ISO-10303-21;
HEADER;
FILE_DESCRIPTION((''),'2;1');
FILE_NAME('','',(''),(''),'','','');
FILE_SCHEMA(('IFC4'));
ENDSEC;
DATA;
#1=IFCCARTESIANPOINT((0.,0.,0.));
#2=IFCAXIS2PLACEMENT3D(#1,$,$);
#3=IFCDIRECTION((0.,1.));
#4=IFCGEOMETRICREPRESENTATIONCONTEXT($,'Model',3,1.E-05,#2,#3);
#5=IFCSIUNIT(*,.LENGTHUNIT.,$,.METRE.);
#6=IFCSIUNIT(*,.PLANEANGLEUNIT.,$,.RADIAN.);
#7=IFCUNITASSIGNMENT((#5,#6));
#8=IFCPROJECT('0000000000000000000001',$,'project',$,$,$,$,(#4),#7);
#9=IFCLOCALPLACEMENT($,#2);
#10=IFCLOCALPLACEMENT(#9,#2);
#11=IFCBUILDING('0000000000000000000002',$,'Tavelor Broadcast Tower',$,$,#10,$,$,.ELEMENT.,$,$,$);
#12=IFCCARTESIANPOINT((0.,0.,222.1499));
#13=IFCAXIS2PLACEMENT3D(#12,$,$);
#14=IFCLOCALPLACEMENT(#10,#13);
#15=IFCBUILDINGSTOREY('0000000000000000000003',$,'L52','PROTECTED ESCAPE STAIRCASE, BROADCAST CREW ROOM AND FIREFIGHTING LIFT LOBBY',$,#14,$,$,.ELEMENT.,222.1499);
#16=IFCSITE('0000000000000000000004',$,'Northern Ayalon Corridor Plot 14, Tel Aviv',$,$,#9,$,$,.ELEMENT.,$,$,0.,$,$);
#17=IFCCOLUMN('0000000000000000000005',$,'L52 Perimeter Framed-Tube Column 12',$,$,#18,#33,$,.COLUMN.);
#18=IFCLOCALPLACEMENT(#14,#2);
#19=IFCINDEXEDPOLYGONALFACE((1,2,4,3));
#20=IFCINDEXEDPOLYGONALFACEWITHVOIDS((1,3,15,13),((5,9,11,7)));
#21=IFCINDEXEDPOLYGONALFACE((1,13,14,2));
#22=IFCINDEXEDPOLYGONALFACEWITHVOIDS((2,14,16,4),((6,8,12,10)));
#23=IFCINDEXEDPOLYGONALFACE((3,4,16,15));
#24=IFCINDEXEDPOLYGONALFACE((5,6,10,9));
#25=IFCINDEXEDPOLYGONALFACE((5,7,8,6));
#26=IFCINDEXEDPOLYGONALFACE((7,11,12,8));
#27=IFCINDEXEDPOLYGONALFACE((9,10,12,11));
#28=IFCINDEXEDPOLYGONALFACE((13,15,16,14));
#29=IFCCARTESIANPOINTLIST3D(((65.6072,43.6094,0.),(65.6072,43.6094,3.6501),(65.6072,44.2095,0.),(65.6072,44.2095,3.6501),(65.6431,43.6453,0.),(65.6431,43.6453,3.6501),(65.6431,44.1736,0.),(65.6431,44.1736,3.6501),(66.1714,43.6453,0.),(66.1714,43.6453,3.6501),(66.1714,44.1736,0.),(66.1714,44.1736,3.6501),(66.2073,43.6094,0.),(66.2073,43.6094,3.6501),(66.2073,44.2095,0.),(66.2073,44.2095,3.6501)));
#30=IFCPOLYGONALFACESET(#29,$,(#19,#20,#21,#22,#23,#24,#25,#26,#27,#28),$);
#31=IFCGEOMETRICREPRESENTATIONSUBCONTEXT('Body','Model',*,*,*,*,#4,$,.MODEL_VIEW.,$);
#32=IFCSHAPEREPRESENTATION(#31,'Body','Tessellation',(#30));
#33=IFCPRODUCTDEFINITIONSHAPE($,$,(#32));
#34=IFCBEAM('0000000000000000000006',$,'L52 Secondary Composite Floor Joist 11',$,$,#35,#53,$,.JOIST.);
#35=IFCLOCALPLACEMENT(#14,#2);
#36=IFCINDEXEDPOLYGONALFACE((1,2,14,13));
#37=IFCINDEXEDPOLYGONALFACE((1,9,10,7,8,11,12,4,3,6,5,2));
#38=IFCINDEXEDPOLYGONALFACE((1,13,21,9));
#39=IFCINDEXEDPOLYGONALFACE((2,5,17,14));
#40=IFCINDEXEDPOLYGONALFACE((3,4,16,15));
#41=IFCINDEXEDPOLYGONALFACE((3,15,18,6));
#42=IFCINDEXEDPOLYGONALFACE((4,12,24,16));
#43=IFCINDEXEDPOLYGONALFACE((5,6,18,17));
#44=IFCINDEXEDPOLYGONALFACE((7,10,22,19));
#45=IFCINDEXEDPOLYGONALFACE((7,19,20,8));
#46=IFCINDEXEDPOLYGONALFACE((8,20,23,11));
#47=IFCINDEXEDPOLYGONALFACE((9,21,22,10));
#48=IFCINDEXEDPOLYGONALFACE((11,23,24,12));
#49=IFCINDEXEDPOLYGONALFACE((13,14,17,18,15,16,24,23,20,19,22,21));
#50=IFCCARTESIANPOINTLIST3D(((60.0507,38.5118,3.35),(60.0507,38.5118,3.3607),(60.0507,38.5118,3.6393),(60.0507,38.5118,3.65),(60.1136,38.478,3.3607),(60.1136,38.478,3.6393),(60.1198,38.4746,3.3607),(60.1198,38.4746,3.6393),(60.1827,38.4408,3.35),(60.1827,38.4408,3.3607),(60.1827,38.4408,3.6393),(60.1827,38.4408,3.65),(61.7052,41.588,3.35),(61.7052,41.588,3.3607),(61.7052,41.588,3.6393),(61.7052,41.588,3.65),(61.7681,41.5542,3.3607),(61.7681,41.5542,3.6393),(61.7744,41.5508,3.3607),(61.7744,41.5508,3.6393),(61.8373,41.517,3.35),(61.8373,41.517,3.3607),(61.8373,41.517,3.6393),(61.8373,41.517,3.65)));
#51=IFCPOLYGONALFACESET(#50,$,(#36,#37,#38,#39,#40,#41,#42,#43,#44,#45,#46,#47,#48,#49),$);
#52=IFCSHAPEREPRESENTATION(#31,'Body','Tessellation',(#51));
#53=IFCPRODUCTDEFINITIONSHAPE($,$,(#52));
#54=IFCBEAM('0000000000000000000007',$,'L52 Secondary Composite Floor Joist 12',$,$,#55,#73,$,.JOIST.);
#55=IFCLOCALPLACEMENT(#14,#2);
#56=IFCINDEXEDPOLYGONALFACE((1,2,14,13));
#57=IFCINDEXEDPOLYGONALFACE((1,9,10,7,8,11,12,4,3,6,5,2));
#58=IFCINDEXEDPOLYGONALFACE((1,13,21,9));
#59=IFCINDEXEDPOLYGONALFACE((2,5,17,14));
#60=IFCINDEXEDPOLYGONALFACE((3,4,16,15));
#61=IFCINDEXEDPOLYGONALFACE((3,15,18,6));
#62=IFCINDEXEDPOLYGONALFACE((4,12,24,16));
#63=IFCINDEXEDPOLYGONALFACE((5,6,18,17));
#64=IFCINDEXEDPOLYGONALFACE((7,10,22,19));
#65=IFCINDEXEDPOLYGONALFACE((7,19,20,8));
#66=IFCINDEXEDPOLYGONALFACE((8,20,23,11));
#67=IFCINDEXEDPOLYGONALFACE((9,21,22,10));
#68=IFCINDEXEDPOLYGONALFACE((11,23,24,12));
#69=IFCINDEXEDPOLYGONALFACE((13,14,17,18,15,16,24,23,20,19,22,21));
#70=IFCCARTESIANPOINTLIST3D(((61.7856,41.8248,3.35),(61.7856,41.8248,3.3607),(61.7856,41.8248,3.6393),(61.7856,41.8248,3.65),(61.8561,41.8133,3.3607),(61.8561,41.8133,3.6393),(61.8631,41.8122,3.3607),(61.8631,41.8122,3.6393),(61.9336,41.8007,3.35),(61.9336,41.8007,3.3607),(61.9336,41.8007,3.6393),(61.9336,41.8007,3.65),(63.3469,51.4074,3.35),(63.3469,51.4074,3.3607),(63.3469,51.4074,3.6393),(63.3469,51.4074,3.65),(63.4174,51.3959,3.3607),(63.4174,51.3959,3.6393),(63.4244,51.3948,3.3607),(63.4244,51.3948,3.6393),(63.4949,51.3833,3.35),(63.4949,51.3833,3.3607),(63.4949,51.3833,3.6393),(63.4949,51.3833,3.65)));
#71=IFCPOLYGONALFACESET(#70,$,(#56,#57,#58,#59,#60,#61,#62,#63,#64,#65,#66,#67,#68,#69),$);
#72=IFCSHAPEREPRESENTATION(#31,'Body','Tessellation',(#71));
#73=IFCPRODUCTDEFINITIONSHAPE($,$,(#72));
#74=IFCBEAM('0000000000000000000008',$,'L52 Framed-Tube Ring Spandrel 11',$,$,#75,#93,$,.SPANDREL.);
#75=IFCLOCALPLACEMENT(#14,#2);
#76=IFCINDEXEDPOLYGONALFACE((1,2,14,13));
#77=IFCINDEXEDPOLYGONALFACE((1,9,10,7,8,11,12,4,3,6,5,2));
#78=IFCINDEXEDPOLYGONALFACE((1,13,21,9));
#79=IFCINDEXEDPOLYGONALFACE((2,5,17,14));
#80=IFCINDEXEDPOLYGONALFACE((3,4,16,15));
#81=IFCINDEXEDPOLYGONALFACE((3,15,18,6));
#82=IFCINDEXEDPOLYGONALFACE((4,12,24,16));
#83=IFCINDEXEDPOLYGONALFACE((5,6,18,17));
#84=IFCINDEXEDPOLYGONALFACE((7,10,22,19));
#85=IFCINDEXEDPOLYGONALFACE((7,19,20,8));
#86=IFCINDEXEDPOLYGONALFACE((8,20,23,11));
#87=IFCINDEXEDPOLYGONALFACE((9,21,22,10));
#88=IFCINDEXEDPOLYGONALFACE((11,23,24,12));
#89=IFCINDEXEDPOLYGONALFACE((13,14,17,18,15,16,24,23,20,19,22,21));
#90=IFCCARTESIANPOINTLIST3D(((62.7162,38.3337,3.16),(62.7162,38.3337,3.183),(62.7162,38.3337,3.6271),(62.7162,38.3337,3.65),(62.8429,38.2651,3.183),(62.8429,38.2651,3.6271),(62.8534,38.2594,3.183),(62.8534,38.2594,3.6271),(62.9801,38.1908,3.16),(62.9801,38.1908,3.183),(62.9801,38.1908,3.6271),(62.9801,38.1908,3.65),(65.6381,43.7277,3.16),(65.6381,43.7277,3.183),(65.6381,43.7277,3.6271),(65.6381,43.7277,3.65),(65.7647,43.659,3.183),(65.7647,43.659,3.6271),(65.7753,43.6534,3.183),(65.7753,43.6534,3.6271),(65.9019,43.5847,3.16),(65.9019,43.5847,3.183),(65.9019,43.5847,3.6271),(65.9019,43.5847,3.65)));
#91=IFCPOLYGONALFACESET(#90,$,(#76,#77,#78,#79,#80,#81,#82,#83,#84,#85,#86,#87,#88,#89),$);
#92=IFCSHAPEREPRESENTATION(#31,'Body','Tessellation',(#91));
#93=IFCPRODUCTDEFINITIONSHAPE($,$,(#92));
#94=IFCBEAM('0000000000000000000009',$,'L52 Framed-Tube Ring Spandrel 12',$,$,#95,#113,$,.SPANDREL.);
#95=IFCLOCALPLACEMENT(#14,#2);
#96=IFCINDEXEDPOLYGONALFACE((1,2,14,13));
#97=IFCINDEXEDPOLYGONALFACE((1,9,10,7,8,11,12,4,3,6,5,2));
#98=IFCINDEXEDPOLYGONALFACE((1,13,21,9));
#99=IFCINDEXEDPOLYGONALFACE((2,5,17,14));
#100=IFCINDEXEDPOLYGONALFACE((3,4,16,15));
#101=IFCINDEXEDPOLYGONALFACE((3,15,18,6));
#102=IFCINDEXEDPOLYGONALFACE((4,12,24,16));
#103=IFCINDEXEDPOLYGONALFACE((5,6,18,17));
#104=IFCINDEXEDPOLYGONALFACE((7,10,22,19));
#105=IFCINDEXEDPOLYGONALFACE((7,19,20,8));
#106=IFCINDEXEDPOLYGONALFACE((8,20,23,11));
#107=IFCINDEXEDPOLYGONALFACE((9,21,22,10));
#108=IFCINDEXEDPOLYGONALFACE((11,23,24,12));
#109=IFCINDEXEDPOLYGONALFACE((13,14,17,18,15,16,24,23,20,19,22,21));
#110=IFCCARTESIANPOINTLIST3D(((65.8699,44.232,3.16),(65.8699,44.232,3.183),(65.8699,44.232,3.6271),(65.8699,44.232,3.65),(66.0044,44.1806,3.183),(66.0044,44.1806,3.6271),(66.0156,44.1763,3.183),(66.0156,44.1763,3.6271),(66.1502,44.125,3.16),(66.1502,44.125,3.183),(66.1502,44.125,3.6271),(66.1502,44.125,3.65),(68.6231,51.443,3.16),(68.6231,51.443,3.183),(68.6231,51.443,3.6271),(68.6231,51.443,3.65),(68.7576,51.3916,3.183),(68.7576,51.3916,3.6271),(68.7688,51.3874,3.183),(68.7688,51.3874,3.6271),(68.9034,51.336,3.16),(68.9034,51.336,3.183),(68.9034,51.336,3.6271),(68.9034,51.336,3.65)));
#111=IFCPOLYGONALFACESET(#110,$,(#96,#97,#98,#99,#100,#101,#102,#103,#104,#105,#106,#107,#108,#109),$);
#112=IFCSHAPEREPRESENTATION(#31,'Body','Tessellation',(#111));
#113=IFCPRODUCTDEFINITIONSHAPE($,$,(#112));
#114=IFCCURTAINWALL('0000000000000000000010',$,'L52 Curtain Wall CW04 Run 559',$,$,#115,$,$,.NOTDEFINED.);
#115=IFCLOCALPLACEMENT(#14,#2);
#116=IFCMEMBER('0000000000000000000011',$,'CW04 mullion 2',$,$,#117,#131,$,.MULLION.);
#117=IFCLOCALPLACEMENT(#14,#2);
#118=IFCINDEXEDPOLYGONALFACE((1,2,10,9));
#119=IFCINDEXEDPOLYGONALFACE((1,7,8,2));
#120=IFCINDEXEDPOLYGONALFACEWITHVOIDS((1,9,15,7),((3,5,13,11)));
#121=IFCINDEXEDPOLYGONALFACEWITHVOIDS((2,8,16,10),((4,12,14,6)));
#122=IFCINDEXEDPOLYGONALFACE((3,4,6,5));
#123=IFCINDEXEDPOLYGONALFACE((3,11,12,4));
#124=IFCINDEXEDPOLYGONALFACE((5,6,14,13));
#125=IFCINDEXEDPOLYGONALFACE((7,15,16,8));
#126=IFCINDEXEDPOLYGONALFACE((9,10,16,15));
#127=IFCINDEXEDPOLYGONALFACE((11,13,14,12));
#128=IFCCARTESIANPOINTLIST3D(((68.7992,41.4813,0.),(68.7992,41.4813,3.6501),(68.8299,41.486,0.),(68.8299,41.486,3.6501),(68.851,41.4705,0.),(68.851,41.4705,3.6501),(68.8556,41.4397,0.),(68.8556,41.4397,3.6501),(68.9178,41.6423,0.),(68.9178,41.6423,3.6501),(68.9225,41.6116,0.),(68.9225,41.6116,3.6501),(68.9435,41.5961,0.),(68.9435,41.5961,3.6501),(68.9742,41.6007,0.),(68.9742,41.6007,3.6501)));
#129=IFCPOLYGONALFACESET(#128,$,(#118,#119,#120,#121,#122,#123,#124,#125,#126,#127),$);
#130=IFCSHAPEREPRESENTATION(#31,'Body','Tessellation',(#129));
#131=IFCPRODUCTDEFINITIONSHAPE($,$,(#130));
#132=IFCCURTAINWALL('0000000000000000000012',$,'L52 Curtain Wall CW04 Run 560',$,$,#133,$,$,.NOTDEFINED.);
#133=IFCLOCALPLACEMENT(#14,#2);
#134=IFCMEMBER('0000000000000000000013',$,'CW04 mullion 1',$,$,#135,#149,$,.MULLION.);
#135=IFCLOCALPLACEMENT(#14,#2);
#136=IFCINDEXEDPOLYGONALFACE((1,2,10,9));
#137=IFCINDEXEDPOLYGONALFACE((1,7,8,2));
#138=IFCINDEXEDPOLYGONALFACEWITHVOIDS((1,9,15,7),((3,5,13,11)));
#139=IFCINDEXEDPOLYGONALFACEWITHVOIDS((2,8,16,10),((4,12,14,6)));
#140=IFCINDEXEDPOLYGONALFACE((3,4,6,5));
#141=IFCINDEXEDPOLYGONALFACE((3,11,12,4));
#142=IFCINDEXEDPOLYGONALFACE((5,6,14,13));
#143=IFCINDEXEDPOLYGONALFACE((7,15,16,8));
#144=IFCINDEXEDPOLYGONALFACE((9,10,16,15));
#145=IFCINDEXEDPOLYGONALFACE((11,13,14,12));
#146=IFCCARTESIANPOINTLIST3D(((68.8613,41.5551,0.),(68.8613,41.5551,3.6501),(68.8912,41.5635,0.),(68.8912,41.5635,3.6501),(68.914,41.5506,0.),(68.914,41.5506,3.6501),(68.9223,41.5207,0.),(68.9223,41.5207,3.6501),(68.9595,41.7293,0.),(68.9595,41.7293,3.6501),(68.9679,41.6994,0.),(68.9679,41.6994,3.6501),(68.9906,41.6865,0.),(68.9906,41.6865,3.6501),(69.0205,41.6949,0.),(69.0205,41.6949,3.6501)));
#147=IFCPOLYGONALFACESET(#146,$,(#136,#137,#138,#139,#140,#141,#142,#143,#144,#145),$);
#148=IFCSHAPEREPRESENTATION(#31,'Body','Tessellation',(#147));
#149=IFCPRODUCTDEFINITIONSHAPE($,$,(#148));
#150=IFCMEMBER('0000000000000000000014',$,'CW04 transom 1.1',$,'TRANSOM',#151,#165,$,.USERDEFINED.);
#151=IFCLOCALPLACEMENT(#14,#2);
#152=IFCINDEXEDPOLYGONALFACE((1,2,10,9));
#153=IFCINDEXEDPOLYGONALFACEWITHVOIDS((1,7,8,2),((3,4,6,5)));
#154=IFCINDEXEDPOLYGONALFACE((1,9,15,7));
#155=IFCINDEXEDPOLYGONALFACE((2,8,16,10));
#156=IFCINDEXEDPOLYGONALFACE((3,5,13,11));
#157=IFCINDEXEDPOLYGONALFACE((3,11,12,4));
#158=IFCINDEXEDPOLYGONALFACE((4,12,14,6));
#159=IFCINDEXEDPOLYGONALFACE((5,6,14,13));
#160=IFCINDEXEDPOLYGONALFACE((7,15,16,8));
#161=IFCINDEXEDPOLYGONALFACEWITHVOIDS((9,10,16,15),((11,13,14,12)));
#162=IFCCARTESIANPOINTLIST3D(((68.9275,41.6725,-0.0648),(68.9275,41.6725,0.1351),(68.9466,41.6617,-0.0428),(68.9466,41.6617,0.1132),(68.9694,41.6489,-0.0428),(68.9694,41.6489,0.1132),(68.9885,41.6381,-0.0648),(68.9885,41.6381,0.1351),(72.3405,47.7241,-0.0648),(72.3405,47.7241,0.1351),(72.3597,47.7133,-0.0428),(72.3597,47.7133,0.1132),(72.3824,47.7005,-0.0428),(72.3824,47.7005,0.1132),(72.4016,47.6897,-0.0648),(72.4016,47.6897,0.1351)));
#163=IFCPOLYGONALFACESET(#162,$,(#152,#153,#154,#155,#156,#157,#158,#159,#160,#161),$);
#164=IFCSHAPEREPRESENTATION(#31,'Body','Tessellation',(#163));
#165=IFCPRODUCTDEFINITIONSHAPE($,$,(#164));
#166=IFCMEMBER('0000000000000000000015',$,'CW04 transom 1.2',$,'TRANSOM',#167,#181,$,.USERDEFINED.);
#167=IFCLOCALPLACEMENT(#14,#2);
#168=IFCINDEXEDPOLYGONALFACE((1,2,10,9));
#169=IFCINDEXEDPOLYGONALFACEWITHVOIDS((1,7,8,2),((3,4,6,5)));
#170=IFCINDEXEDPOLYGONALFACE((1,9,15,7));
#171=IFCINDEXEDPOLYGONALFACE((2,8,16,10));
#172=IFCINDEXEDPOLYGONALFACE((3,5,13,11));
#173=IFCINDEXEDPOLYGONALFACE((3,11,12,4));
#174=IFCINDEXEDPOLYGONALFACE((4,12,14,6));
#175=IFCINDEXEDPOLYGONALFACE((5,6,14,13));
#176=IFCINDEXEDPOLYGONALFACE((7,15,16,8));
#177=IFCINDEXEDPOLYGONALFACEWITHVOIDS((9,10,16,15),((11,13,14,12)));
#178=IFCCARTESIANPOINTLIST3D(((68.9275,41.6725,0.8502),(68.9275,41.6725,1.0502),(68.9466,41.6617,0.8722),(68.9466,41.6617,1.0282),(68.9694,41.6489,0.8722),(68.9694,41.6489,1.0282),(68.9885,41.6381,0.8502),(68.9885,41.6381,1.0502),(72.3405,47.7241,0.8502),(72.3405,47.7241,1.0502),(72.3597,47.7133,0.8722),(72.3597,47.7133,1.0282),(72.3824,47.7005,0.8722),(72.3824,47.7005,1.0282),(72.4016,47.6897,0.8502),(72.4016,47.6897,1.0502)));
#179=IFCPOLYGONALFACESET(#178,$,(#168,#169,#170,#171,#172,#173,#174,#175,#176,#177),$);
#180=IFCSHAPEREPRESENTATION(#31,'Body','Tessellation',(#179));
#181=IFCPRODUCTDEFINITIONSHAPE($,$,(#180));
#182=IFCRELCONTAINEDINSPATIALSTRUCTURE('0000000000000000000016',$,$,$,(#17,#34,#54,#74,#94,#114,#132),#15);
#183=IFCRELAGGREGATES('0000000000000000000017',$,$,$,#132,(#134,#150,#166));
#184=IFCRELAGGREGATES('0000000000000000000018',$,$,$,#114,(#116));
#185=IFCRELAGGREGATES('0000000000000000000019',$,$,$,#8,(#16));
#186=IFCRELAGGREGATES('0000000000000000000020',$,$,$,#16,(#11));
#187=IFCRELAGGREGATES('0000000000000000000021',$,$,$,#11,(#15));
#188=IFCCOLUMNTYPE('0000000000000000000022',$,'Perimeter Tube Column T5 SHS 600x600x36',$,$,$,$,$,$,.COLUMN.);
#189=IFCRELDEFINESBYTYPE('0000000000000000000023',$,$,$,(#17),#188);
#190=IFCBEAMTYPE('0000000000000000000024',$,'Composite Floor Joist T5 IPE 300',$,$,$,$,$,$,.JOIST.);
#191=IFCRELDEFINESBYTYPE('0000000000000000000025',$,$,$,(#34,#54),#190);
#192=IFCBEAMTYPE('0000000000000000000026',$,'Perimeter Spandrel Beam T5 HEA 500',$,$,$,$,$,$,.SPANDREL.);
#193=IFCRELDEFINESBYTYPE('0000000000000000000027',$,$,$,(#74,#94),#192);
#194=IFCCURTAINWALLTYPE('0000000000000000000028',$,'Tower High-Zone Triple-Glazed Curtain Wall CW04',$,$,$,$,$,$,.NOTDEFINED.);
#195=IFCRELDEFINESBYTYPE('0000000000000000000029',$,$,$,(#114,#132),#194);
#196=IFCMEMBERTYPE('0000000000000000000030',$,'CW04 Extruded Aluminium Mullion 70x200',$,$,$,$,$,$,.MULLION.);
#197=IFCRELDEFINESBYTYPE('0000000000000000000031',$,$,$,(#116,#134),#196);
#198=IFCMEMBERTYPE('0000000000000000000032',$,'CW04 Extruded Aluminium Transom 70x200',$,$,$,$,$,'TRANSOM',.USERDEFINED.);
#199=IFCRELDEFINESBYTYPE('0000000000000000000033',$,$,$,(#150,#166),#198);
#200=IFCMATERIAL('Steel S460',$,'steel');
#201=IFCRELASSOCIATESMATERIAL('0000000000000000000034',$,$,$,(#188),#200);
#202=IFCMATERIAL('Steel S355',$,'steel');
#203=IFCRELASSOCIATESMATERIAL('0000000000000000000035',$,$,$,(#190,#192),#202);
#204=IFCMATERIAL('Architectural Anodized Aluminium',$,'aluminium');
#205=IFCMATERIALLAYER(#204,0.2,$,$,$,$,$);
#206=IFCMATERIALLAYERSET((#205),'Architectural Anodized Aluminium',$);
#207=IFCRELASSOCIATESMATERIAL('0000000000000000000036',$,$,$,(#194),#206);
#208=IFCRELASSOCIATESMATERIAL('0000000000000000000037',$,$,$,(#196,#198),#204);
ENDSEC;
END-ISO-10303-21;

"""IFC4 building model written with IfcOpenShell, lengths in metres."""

from ifc_helpers import new_model, si_unit, direction, frame, origin, origin_2d, place, context, subcontext, project, spatial, hollow_rectangle, i_section, extrude, source, transform, mapped, material, layer, layer_set, material_profile, profile_set, type_object, type_shapes, element, aggregate, save


model = new_model("IFC4")

# Units and contexts
model_context = context("Model", 3, precision=1e-05, world=origin(), true_north=direction((0.0, 1.0)))
body_context = subcontext(model_context, "Body", "Model", "MODEL_VIEW")
ifc_project = project(units=[si_unit("LENGTHUNIT", "METRE"), si_unit("PLANEANGLEUNIT", "RADIAN")], contexts=[model_context])

# Site, building, storey
site_placement = place(None, origin())
site = spatial("IfcSite", under=ifc_project, at=site_placement, Name="Northern Ayalon Corridor Plot 14, Tel Aviv", CompositionType="ELEMENT", RefElevation=0.0)
building_placement = place(site_placement, origin())
building = spatial("IfcBuilding", under=site, at=building_placement, Name="Tavelor Broadcast Tower", CompositionType="ELEMENT")
storey_placement = place(building_placement, frame((0.0, 0.0, 222.1499)))
storey = spatial("IfcBuildingStorey", under=building, at=storey_placement, Name="L52", Description="PROTECTED ESCAPE STAIRCASE, BROADCAST CREW ROOM AND FIREFIGHTING LIFT LOBBY", CompositionType="ELEMENT", Elevation=222.1499)

# Column
ifc_material_1 = material(Name="Steel S460", Category="steel")
ifc_material_profile_1 = material_profile(ifc_material_1, hollow_rectangle(XDim=0.6001, YDim=0.6001, WallThickness=0.0359, at=origin_2d()), Name="SHS 600x600x36")
ifc_profile_set_1 = profile_set([ifc_material_profile_1], Name="Steel S460")
column_type = type_object("IfcColumnType", Name="Perimeter Tube Column T5 SHS 600x600x36", PredefinedType="COLUMN", material=ifc_profile_set_1)
column_placement = place(storey_placement, frame((65.9072, 43.9094, 0.0), z_axis=(0.0, 0.0, 1.0), x_axis=(1.0, 0.0, 0.0)))
element("IfcColumn", 1, at=column_placement, inside=storey, type_object=column_type, Name="L52 Perimeter Framed-Tube Column 12", PredefinedType="COLUMN", context=body_context, shape_type="SweptSolid", body=[
    extrude(hollow_rectangle(XDim=0.6001, YDim=0.6001, WallThickness=0.0359, at=origin_2d()), origin(), (0.0, 0.0, 1.0), 3.6501),
])

# Beams
ifc_material_2 = material(Name="Steel S355", Category="steel")
ifc_material_profile_2 = material_profile(ifc_material_2, i_section(OverallWidth=0.1499, OverallDepth=0.3, WebThickness=0.0071, FlangeThickness=0.0107, at=origin_2d()), Name="IPE 300")
ifc_profile_set_2 = profile_set([ifc_material_profile_2], Name="Steel S355")
beam_type_1 = type_object("IfcBeamType", Name="Composite Floor Joist T5 IPE 300", PredefinedType="JOIST", material=ifc_profile_set_2)
beam_1_placement = place(storey_placement, frame((60.1167, 38.4763, 3.5), z_axis=(0.473687, 0.880693, 0.0), x_axis=(-0.880693, 0.473687, 0.0)))
element("IfcBeam", 2, at=beam_1_placement, inside=storey, type_object=beam_type_1, Name="L52 Secondary Composite Floor Joist 11", PredefinedType="JOIST", context=body_context, shape_type="SweptSolid", body=[
    extrude(i_section(OverallWidth=0.1499, OverallDepth=0.3, WebThickness=0.0071, FlangeThickness=0.0107, at=origin_2d()), origin(), (0.0, 0.0, 1.0), 3.4929),
])
beam_2_placement = place(storey_placement, frame((61.8596, 41.8127, 3.5), z_axis=(0.160809, 0.986985, 0.0), x_axis=(-0.986985, 0.160809, 0.0)))
element("IfcBeam", 3, at=beam_2_placement, inside=storey, type_object=beam_type_1, Name="L52 Secondary Composite Floor Joist 12", PredefinedType="JOIST", context=body_context, shape_type="SweptSolid", body=[
    extrude(i_section(OverallWidth=0.1499, OverallDepth=0.3, WebThickness=0.0071, FlangeThickness=0.0107, at=origin_2d()), origin(), (0.0, 0.0, 1.0), 9.709),
])
ifc_material_profile_3 = material_profile(ifc_material_2, i_section(OverallWidth=0.3, OverallDepth=0.49, WebThickness=0.012, FlangeThickness=0.0229, at=origin_2d()), Name="HEA 500")
ifc_profile_set_3 = profile_set([ifc_material_profile_3], Name="Steel S355")
beam_type_2 = type_object("IfcBeamType", Name="Perimeter Spandrel Beam T5 HEA 500", PredefinedType="SPANDREL", material=ifc_profile_set_3)
beam_3_placement = place(storey_placement, frame((62.8481, 38.2622, 3.405), z_axis=(0.476296, 0.879285, 0.0), x_axis=(-0.879285, 0.476296, 0.0)))
element("IfcBeam", 4, at=beam_3_placement, inside=storey, type_object=beam_type_2, Name="L52 Framed-Tube Ring Spandrel 11", PredefinedType="SPANDREL", context=body_context, shape_type="SweptSolid", body=[
    extrude(i_section(OverallWidth=0.3, OverallDepth=0.49, WebThickness=0.012, FlangeThickness=0.0229, at=origin_2d()), origin(), (0.0, 0.0, 1.0), 6.1345),
])
beam_4_placement = place(storey_placement, frame((66.01, 44.1785, 3.405), z_axis=(0.356691, 0.934222, 0.0), x_axis=(-0.934222, 0.356691, 0.0)))
element("IfcBeam", 5, at=beam_4_placement, inside=storey, type_object=beam_type_2, Name="L52 Framed-Tube Ring Spandrel 12", PredefinedType="SPANDREL", context=body_context, shape_type="SweptSolid", body=[
    extrude(i_section(OverallWidth=0.3, OverallDepth=0.49, WebThickness=0.012, FlangeThickness=0.0229, at=origin_2d()), origin(), (0.0, 0.0, 1.0), 7.7188),
])

# Curtain wall, member
ifc_material_3 = material(Name="Architectural Anodized Aluminium", Category="aluminium")
ifc_layer_1 = layer(ifc_material_3, 0.2)
ifc_layer_set_1 = layer_set([ifc_layer_1], Name="Architectural Anodized Aluminium")
curtain_wall_type = type_object("IfcCurtainWallType", Name="Tower High-Zone Triple-Glazed Curtain Wall CW04", PredefinedType="NOTDEFINED", material=ifc_layer_set_1)
curtain_wall_1_placement = place(storey_placement, origin())
curtain_wall_1 = element("IfcCurtainWall", 6, at=curtain_wall_1_placement, inside=storey, type_object=curtain_wall_type, Name="L52 Curtain Wall CW04 Run 559", PredefinedType="NOTDEFINED")
ifc_material_profile_4 = material_profile(ifc_material_3, hollow_rectangle(XDim=0.0701, YDim=0.2, WallThickness=0.022, at=origin_2d()), Name="RHS 70x200x22")
ifc_profile_set_4 = profile_set([ifc_material_profile_4], Name="Architectural Anodized Aluminium")
member_type_1 = type_object("IfcMemberType", Name="CW04 Extruded Aluminium Mullion 70x200", PredefinedType="MULLION", material=ifc_profile_set_4)
shared_shape_1 = source(origin(), body_context, "Body", "SweptSolid", [
    extrude(hollow_rectangle(XDim=0.0701, YDim=0.2, WallThickness=0.022, at=origin_2d()), origin(), (0.0, 0.0, 1.0), 3.6501),
])
type_shapes(member_type_1, [shared_shape_1])
member_1_placement = place(storey_placement, frame((68.8867, 41.541, 0.0), z_axis=(0.0, 0.0, 1.0), x_axis=(-0.805162, 0.593054, 0.0)))
member_1 = element("IfcMember", 7, at=member_1_placement, type_object=member_type_1, Name="CW04 mullion 2", PredefinedType="MULLION", context=body_context, shape_type="MappedRepresentation", body=[
    mapped(shared_shape_1, transform((0.0, 0.0, 0.0), scale=1.0)),
])

# Curtain wall, members
curtain_wall_2_placement = place(storey_placement, origin())
curtain_wall_2 = element("IfcCurtainWall", 8, at=curtain_wall_2_placement, inside=storey, type_object=curtain_wall_type, Name="L52 Curtain Wall CW04 Run 560", PredefinedType="NOTDEFINED")
member_2_placement = place(storey_placement, frame((68.9409, 41.625, 0.0), z_axis=(0.0, 0.0, 1.0), x_axis=(-0.871017, 0.491252, 0.0)))
member_2 = element("IfcMember", 9, at=member_2_placement, type_object=member_type_1, Name="CW04 mullion 1", PredefinedType="MULLION", context=body_context, shape_type="MappedRepresentation", body=[
    mapped(shared_shape_1, transform((0.0, 0.0, 0.0), scale=1.0)),
])
ifc_material_profile_5 = material_profile(ifc_material_3, hollow_rectangle(XDim=0.0701, YDim=0.2, WallThickness=0.022, at=origin_2d()), Name="RHS 70x200x22")
ifc_profile_set_5 = profile_set([ifc_material_profile_5], Name="Architectural Anodized Aluminium")
member_type_2 = type_object("IfcMemberType", Name="CW04 Extruded Aluminium Transom 70x200", ElementType="TRANSOM", PredefinedType="USERDEFINED", material=ifc_profile_set_5)
shared_shape_2 = source(origin(), body_context, "Body", "SweptSolid", [
    extrude(hollow_rectangle(XDim=0.0701, YDim=0.2, WallThickness=0.022, at=origin_2d()), origin(), (0.0, 0.0, 1.0), 6.9478),
])
type_shapes(member_type_2, [shared_shape_2])
member_3_placement = place(storey_placement, frame((68.958, 41.6553, 0.0352), z_axis=(0.491242, 0.871023, 0.0), x_axis=(-0.871023, 0.491242, 0.0)))
member_3 = element("IfcMember", 10, at=member_3_placement, type_object=member_type_2, Name="CW04 transom 1.1", ObjectType="TRANSOM", PredefinedType="USERDEFINED", context=body_context, shape_type="MappedRepresentation", body=[
    mapped(shared_shape_2, transform((0.0, 0.0, 0.0), scale=1.0)),
])
member_4_placement = place(storey_placement, frame((68.958, 41.6553, 0.9502), z_axis=(0.491242, 0.871023, 0.0), x_axis=(-0.871023, 0.491242, 0.0)))
member_4 = element("IfcMember", 11, at=member_4_placement, type_object=member_type_2, Name="CW04 transom 1.2", ObjectType="TRANSOM", PredefinedType="USERDEFINED", context=body_context, shape_type="MappedRepresentation", body=[
    mapped(shared_shape_2, transform((0.0, 0.0, 0.0), scale=1.0)),
])
aggregate(curtain_wall_2, [member_2, member_3, member_4])

aggregate(curtain_wall_1, [member_1])

save(model, "model.ifc")
